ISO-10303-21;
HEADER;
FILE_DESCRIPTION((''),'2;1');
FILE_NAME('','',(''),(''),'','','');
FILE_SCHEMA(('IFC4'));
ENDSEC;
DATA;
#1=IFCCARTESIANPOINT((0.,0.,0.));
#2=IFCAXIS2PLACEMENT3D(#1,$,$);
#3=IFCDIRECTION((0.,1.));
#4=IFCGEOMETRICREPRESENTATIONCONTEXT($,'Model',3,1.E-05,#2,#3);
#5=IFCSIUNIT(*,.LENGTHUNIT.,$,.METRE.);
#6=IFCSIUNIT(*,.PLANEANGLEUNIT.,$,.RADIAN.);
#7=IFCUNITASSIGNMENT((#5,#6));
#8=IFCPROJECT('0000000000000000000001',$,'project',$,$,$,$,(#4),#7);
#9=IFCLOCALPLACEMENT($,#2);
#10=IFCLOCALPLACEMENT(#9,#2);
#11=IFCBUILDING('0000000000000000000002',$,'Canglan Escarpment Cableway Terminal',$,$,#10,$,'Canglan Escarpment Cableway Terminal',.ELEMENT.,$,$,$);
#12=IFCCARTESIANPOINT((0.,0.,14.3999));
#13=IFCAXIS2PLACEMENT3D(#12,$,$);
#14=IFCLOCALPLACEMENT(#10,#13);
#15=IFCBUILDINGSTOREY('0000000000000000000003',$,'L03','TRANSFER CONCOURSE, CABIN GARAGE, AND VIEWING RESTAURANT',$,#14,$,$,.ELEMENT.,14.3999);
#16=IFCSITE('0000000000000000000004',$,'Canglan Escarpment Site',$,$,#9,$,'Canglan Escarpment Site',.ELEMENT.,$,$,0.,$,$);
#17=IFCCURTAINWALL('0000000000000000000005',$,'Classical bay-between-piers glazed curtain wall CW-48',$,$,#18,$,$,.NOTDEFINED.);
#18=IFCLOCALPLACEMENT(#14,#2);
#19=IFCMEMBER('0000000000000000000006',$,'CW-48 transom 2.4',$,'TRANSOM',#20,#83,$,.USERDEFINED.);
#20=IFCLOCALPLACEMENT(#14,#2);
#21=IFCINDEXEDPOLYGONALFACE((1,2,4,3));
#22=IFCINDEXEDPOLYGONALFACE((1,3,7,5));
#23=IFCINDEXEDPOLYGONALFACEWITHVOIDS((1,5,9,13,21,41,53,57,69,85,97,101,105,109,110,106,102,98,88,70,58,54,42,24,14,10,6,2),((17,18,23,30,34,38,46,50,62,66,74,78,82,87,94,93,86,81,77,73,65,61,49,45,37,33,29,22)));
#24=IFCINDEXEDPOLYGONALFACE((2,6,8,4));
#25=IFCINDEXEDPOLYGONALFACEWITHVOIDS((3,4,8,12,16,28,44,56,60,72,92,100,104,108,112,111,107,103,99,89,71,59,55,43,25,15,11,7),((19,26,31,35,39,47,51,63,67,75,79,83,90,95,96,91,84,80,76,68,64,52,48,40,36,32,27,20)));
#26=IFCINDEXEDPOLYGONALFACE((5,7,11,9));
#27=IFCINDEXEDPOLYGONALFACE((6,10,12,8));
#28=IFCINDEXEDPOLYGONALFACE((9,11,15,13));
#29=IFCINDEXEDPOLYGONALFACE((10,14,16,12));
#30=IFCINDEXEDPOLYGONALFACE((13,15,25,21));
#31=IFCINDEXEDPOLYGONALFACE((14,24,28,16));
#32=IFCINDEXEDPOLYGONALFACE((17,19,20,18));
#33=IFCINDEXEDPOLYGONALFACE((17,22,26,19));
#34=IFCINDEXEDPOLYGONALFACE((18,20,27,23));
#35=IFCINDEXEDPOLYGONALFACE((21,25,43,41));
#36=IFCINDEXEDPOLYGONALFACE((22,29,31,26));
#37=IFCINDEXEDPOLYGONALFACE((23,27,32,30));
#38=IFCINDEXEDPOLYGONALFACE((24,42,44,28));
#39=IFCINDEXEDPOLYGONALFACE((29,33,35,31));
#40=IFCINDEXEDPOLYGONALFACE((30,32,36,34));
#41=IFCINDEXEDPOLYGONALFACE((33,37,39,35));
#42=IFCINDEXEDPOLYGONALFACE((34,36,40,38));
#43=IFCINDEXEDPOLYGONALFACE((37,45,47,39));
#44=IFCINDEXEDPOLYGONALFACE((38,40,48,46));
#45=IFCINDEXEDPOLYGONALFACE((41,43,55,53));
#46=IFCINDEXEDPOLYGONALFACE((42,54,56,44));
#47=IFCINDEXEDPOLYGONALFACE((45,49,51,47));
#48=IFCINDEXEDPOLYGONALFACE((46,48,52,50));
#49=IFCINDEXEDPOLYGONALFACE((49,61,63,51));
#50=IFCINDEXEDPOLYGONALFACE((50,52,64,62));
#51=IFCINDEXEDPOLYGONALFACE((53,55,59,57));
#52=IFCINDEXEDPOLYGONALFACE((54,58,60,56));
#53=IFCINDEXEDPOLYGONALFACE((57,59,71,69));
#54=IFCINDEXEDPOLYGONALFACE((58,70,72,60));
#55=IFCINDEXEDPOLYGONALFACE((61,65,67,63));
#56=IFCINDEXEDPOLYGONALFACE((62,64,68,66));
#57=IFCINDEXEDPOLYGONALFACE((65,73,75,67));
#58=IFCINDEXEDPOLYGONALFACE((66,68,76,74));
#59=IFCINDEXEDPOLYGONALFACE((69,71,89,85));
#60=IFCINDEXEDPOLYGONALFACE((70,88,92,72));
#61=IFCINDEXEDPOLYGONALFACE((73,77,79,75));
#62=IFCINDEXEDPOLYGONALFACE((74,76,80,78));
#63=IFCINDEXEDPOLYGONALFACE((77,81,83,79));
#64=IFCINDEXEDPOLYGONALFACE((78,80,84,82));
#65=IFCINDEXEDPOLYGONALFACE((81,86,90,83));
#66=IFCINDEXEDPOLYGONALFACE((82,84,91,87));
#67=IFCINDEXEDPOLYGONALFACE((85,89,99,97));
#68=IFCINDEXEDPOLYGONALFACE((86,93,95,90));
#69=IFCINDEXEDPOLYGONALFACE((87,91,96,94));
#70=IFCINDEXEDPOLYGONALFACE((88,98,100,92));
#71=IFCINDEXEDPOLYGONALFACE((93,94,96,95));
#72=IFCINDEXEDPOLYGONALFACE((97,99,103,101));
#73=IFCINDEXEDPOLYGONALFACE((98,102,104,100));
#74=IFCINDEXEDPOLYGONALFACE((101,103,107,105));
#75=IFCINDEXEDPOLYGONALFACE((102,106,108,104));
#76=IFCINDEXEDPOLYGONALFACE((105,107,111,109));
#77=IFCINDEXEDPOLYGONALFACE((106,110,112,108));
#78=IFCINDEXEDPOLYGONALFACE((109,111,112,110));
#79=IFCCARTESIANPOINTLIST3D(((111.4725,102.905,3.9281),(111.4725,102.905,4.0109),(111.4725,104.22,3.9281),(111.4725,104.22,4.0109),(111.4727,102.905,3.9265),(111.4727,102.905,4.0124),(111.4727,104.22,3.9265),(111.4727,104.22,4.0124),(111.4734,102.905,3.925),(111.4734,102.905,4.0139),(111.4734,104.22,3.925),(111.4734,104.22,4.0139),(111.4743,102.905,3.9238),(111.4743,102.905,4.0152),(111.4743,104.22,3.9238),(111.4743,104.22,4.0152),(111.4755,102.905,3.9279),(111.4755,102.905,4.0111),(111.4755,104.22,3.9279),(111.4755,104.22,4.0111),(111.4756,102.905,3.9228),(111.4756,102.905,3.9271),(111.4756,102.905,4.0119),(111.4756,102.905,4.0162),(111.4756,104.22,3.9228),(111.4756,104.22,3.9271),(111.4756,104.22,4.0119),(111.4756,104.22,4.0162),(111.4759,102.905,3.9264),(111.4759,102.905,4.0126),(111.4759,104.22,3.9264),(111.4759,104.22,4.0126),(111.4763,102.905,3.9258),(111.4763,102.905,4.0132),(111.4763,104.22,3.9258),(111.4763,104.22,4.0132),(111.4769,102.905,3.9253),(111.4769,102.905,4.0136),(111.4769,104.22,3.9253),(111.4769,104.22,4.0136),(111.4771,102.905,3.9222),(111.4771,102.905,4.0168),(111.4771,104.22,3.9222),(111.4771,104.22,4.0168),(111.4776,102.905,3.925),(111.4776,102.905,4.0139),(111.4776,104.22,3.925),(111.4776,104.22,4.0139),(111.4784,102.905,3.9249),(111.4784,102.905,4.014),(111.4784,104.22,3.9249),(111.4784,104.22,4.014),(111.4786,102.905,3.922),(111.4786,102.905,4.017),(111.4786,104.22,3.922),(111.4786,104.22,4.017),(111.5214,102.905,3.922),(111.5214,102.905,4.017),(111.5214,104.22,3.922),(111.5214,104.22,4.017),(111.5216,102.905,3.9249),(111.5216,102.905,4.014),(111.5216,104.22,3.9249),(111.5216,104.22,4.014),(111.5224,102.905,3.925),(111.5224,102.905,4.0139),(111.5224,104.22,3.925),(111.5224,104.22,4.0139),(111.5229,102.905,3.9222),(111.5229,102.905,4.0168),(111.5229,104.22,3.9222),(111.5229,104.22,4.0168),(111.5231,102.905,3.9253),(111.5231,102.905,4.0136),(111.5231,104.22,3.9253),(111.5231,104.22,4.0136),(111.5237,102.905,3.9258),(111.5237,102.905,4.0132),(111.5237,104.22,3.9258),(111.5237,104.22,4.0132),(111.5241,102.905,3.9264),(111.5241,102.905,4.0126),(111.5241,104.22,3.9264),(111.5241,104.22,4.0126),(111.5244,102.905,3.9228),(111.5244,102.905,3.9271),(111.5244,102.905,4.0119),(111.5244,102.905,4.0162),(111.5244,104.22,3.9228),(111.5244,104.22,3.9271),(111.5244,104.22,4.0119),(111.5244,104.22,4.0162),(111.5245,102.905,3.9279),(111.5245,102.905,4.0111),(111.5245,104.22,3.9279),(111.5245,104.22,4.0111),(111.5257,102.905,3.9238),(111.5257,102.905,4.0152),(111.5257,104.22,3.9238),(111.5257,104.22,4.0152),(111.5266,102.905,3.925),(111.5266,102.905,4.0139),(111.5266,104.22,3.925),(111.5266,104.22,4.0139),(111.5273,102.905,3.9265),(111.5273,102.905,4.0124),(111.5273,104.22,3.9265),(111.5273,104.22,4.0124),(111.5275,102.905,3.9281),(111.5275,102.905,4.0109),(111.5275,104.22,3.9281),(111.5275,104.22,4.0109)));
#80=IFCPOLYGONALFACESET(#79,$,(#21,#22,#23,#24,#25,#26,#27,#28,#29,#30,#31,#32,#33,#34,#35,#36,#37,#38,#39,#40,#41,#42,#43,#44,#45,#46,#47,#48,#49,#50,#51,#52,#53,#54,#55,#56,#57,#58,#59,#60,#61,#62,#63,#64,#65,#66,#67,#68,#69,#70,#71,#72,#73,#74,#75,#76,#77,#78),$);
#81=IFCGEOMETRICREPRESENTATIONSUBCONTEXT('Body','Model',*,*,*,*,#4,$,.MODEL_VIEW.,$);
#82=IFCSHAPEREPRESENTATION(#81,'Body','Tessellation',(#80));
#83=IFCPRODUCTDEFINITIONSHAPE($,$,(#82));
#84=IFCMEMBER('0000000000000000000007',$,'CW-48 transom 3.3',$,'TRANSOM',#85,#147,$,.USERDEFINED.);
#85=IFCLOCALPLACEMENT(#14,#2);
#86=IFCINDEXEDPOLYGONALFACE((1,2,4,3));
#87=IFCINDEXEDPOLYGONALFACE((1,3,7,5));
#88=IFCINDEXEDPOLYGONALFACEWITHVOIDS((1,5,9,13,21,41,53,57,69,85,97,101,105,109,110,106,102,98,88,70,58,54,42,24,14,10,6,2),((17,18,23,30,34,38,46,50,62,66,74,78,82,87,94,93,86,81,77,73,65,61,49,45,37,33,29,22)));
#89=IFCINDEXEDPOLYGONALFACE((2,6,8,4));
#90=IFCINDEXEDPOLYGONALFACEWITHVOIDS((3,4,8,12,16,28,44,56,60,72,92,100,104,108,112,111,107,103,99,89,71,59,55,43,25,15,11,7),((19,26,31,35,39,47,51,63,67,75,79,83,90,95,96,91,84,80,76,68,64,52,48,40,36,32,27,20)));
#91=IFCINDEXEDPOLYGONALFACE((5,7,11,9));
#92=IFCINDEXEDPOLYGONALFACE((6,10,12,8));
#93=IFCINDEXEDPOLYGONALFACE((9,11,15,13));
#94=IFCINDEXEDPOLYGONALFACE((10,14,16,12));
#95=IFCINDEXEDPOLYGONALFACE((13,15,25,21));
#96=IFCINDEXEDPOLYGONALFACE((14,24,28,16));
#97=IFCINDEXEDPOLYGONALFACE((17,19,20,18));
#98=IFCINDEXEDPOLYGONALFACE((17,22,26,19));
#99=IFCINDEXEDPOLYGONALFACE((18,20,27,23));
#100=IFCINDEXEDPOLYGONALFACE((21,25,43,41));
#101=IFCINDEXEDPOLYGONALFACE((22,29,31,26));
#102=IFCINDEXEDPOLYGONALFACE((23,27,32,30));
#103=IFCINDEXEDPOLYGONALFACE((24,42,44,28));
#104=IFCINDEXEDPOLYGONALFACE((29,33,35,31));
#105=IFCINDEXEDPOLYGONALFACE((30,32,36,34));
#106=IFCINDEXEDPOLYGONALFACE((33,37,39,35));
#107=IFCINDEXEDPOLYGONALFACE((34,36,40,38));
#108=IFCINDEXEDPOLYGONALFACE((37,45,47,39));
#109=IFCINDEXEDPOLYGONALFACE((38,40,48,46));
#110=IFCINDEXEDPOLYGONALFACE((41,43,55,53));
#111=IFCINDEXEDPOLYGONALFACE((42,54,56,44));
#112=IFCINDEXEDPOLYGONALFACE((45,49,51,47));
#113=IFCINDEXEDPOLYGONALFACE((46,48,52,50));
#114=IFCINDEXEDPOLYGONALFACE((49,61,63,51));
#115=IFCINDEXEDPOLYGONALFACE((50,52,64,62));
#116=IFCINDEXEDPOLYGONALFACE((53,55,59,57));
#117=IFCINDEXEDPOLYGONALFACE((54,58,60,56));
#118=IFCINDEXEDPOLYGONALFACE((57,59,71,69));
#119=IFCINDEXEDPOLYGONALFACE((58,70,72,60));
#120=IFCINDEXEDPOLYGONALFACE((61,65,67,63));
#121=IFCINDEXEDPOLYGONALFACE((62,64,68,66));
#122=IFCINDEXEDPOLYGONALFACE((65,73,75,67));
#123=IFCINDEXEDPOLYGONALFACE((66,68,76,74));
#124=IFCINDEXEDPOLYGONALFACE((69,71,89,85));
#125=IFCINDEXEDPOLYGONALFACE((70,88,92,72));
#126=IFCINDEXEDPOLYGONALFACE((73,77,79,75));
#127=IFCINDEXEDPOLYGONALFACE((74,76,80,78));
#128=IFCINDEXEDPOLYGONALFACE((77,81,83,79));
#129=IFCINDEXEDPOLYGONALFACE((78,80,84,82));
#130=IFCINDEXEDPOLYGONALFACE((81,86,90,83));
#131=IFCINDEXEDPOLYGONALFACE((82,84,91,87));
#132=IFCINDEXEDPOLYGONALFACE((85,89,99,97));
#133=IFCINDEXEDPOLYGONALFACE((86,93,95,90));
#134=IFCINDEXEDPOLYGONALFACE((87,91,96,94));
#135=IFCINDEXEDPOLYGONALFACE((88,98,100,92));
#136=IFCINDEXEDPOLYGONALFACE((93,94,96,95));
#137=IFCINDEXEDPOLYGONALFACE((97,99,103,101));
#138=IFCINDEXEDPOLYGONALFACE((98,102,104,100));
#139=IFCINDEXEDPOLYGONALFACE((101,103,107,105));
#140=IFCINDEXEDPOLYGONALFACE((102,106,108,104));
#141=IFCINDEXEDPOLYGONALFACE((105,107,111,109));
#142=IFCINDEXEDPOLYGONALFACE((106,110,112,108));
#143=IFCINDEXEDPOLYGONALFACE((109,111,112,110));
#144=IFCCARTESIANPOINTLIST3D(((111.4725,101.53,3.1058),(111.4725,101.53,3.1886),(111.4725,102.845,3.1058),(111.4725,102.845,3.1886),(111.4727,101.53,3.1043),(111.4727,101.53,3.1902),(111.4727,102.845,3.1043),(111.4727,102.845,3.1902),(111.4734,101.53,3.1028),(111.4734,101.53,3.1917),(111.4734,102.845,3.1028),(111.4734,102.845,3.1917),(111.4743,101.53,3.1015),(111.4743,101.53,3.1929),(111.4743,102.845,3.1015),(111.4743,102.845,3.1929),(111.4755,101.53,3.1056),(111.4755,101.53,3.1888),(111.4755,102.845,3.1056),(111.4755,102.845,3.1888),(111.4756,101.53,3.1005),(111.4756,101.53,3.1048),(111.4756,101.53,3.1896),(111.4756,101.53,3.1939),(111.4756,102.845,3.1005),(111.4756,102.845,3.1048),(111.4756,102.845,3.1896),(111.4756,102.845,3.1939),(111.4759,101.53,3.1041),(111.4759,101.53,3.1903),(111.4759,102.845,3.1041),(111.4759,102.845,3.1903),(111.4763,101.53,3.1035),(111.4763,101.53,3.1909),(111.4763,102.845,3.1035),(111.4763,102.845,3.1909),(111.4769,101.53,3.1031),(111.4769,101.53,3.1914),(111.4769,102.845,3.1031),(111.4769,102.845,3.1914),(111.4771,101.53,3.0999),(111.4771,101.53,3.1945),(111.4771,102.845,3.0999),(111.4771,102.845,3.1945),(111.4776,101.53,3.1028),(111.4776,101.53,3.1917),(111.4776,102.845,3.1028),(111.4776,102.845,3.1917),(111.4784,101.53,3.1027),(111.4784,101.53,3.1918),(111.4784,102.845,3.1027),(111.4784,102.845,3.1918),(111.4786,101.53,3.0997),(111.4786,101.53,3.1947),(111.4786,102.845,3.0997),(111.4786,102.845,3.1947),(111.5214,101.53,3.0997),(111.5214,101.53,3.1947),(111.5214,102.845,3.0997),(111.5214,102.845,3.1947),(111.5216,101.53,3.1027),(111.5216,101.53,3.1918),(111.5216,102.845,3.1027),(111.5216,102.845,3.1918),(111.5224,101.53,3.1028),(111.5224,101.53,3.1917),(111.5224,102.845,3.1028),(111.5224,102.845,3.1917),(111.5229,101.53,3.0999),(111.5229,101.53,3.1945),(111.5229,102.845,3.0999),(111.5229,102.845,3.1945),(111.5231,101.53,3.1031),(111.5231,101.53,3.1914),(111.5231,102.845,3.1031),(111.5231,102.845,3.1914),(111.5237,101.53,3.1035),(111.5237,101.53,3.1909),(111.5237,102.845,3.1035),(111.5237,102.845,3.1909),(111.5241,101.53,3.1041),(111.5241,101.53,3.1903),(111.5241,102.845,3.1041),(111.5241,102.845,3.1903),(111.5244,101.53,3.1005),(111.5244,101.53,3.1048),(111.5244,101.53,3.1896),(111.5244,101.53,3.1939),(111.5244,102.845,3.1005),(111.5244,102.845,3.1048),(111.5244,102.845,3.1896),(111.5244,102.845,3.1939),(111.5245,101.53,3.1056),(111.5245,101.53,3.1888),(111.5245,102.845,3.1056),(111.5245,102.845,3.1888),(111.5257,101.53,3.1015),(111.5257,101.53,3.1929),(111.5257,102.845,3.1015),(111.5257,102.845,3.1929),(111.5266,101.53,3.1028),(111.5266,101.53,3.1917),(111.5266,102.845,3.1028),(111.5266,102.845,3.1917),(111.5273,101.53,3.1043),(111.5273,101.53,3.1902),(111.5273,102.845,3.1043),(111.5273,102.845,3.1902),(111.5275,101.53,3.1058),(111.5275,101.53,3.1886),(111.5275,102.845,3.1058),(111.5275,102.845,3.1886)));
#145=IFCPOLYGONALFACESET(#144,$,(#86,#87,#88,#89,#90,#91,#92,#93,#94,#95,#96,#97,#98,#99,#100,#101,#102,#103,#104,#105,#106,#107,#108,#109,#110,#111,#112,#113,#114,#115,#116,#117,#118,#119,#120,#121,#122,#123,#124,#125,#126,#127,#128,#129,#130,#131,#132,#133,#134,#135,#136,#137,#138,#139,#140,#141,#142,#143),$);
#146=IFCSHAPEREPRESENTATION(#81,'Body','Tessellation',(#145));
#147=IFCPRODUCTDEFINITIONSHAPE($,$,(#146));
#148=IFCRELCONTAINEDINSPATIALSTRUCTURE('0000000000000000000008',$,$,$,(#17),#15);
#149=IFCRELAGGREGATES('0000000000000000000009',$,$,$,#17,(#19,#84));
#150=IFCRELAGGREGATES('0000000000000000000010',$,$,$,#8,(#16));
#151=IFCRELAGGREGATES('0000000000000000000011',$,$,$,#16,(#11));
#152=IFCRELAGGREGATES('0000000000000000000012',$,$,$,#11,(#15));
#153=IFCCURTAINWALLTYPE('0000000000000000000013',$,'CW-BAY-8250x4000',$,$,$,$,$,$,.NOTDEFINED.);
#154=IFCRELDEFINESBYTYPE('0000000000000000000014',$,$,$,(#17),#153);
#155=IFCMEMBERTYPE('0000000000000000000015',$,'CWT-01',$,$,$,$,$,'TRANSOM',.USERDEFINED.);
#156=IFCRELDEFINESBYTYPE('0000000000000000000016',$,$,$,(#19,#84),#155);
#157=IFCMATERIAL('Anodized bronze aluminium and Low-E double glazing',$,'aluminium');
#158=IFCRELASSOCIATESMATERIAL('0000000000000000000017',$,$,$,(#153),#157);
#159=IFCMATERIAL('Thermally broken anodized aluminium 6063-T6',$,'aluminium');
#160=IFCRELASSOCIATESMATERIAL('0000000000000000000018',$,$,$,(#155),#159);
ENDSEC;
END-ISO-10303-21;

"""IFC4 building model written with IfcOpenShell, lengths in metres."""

from ifc_helpers import new_model, si_unit, direction, frame, origin, origin_2d, place, context, subcontext, project, spatial, hollow_rectangle, extrude, material, material_profile, profile_set, type_object, element, aggregate, save


model = new_model("IFC4")

# Units and contexts
model_context = context("Model", 3, precision=1e-05, world=origin(), true_north=direction((0.0, 1.0)))
body_context = subcontext(model_context, "Body", "Model", "MODEL_VIEW")
ifc_project = project(units=[si_unit("LENGTHUNIT", "METRE"), si_unit("PLANEANGLEUNIT", "RADIAN")], contexts=[model_context])

# Site, building, storey
site_placement = place(None, origin())
site = spatial("IfcSite", under=ifc_project, at=site_placement, Name="Canglan Escarpment Site", LongName="Canglan Escarpment Site", CompositionType="ELEMENT", RefElevation=0.0)
building_placement = place(site_placement, origin())
building = spatial("IfcBuilding", under=site, at=building_placement, Name="Canglan Escarpment Cableway Terminal", LongName="Canglan Escarpment Cableway Terminal", CompositionType="ELEMENT")
storey_placement = place(building_placement, frame((0.0, 0.0, 14.3999)))
storey = spatial("IfcBuildingStorey", under=building, at=storey_placement, Name="L03", Description="TRANSFER CONCOURSE, CABIN GARAGE, AND VIEWING RESTAURANT", CompositionType="ELEMENT", Elevation=14.3999)

# Curtain wall
ifc_material_1 = material(Name="Anodized bronze aluminium and Low-E double glazing", Category="aluminium")
curtain_wall_type = type_object("IfcCurtainWallType", Name="CW-BAY-8250x4000", PredefinedType="NOTDEFINED", material=ifc_material_1)
curtain_wall_1_placement = place(storey_placement, origin())
curtain_wall_1 = element("IfcCurtainWall", 1, at=curtain_wall_1_placement, inside=storey, type_object=curtain_wall_type, Name="Classical bay-between-piers glazed curtain wall CW-48", PredefinedType="NOTDEFINED")
ifc_material_2 = material(Name="Thermally broken anodized aluminium 6063-T6", Category="aluminium")

# Members
ifc_material_profile_1 = material_profile(ifc_material_2, hollow_rectangle(XDim=0.0549, YDim=0.095, WallThickness=0.0029, InnerFilletRadius=0.0029, OuterFilletRadius=0.0061, at=origin_2d()), Name="ALU-TRAN 55x95x3")
ifc_profile_set_1 = profile_set([ifc_material_profile_1], Name="Thermally broken anodized aluminium 6063-T6")
member_type_1 = type_object("IfcMemberType", Name="CWT-01", ElementType="TRANSOM", PredefinedType="USERDEFINED", material=ifc_profile_set_1)
member_1_placement = place(storey_placement, frame((111.5, 104.22, 3.9695), z_axis=(0.0, -1.0, 0.0), x_axis=(1.0, 0.0, 0.0)))
member_1 = element("IfcMember", 2, at=member_1_placement, type_object=member_type_1, Name="CW-48 transom 2.4", ObjectType="TRANSOM", PredefinedType="USERDEFINED", context=body_context, shape_type="SweptSolid", body=[
    extrude(hollow_rectangle(XDim=0.0549, YDim=0.095, WallThickness=0.0029, InnerFilletRadius=0.0029, OuterFilletRadius=0.0061, at=origin_2d()), origin(), (0.0, 0.0, 1.0), 1.3149),
])
member_2_placement = place(storey_placement, frame((111.5, 102.845, 3.1472), z_axis=(0.0, -1.0, 0.0), x_axis=(1.0, 0.0, 0.0)))
member_2 = element("IfcMember", 3, at=member_2_placement, type_object=member_type_1, Name="CW-48 transom 3.3", ObjectType="TRANSOM", PredefinedType="USERDEFINED", context=body_context, shape_type="SweptSolid", body=[
    extrude(hollow_rectangle(XDim=0.0549, YDim=0.095, WallThickness=0.0029, InnerFilletRadius=0.0029, OuterFilletRadius=0.0061, at=origin_2d()), origin(), (0.0, 0.0, 1.0), 1.3149),
])

aggregate(curtain_wall_1, [member_1, member_2])

save(model, "model.ifc")
